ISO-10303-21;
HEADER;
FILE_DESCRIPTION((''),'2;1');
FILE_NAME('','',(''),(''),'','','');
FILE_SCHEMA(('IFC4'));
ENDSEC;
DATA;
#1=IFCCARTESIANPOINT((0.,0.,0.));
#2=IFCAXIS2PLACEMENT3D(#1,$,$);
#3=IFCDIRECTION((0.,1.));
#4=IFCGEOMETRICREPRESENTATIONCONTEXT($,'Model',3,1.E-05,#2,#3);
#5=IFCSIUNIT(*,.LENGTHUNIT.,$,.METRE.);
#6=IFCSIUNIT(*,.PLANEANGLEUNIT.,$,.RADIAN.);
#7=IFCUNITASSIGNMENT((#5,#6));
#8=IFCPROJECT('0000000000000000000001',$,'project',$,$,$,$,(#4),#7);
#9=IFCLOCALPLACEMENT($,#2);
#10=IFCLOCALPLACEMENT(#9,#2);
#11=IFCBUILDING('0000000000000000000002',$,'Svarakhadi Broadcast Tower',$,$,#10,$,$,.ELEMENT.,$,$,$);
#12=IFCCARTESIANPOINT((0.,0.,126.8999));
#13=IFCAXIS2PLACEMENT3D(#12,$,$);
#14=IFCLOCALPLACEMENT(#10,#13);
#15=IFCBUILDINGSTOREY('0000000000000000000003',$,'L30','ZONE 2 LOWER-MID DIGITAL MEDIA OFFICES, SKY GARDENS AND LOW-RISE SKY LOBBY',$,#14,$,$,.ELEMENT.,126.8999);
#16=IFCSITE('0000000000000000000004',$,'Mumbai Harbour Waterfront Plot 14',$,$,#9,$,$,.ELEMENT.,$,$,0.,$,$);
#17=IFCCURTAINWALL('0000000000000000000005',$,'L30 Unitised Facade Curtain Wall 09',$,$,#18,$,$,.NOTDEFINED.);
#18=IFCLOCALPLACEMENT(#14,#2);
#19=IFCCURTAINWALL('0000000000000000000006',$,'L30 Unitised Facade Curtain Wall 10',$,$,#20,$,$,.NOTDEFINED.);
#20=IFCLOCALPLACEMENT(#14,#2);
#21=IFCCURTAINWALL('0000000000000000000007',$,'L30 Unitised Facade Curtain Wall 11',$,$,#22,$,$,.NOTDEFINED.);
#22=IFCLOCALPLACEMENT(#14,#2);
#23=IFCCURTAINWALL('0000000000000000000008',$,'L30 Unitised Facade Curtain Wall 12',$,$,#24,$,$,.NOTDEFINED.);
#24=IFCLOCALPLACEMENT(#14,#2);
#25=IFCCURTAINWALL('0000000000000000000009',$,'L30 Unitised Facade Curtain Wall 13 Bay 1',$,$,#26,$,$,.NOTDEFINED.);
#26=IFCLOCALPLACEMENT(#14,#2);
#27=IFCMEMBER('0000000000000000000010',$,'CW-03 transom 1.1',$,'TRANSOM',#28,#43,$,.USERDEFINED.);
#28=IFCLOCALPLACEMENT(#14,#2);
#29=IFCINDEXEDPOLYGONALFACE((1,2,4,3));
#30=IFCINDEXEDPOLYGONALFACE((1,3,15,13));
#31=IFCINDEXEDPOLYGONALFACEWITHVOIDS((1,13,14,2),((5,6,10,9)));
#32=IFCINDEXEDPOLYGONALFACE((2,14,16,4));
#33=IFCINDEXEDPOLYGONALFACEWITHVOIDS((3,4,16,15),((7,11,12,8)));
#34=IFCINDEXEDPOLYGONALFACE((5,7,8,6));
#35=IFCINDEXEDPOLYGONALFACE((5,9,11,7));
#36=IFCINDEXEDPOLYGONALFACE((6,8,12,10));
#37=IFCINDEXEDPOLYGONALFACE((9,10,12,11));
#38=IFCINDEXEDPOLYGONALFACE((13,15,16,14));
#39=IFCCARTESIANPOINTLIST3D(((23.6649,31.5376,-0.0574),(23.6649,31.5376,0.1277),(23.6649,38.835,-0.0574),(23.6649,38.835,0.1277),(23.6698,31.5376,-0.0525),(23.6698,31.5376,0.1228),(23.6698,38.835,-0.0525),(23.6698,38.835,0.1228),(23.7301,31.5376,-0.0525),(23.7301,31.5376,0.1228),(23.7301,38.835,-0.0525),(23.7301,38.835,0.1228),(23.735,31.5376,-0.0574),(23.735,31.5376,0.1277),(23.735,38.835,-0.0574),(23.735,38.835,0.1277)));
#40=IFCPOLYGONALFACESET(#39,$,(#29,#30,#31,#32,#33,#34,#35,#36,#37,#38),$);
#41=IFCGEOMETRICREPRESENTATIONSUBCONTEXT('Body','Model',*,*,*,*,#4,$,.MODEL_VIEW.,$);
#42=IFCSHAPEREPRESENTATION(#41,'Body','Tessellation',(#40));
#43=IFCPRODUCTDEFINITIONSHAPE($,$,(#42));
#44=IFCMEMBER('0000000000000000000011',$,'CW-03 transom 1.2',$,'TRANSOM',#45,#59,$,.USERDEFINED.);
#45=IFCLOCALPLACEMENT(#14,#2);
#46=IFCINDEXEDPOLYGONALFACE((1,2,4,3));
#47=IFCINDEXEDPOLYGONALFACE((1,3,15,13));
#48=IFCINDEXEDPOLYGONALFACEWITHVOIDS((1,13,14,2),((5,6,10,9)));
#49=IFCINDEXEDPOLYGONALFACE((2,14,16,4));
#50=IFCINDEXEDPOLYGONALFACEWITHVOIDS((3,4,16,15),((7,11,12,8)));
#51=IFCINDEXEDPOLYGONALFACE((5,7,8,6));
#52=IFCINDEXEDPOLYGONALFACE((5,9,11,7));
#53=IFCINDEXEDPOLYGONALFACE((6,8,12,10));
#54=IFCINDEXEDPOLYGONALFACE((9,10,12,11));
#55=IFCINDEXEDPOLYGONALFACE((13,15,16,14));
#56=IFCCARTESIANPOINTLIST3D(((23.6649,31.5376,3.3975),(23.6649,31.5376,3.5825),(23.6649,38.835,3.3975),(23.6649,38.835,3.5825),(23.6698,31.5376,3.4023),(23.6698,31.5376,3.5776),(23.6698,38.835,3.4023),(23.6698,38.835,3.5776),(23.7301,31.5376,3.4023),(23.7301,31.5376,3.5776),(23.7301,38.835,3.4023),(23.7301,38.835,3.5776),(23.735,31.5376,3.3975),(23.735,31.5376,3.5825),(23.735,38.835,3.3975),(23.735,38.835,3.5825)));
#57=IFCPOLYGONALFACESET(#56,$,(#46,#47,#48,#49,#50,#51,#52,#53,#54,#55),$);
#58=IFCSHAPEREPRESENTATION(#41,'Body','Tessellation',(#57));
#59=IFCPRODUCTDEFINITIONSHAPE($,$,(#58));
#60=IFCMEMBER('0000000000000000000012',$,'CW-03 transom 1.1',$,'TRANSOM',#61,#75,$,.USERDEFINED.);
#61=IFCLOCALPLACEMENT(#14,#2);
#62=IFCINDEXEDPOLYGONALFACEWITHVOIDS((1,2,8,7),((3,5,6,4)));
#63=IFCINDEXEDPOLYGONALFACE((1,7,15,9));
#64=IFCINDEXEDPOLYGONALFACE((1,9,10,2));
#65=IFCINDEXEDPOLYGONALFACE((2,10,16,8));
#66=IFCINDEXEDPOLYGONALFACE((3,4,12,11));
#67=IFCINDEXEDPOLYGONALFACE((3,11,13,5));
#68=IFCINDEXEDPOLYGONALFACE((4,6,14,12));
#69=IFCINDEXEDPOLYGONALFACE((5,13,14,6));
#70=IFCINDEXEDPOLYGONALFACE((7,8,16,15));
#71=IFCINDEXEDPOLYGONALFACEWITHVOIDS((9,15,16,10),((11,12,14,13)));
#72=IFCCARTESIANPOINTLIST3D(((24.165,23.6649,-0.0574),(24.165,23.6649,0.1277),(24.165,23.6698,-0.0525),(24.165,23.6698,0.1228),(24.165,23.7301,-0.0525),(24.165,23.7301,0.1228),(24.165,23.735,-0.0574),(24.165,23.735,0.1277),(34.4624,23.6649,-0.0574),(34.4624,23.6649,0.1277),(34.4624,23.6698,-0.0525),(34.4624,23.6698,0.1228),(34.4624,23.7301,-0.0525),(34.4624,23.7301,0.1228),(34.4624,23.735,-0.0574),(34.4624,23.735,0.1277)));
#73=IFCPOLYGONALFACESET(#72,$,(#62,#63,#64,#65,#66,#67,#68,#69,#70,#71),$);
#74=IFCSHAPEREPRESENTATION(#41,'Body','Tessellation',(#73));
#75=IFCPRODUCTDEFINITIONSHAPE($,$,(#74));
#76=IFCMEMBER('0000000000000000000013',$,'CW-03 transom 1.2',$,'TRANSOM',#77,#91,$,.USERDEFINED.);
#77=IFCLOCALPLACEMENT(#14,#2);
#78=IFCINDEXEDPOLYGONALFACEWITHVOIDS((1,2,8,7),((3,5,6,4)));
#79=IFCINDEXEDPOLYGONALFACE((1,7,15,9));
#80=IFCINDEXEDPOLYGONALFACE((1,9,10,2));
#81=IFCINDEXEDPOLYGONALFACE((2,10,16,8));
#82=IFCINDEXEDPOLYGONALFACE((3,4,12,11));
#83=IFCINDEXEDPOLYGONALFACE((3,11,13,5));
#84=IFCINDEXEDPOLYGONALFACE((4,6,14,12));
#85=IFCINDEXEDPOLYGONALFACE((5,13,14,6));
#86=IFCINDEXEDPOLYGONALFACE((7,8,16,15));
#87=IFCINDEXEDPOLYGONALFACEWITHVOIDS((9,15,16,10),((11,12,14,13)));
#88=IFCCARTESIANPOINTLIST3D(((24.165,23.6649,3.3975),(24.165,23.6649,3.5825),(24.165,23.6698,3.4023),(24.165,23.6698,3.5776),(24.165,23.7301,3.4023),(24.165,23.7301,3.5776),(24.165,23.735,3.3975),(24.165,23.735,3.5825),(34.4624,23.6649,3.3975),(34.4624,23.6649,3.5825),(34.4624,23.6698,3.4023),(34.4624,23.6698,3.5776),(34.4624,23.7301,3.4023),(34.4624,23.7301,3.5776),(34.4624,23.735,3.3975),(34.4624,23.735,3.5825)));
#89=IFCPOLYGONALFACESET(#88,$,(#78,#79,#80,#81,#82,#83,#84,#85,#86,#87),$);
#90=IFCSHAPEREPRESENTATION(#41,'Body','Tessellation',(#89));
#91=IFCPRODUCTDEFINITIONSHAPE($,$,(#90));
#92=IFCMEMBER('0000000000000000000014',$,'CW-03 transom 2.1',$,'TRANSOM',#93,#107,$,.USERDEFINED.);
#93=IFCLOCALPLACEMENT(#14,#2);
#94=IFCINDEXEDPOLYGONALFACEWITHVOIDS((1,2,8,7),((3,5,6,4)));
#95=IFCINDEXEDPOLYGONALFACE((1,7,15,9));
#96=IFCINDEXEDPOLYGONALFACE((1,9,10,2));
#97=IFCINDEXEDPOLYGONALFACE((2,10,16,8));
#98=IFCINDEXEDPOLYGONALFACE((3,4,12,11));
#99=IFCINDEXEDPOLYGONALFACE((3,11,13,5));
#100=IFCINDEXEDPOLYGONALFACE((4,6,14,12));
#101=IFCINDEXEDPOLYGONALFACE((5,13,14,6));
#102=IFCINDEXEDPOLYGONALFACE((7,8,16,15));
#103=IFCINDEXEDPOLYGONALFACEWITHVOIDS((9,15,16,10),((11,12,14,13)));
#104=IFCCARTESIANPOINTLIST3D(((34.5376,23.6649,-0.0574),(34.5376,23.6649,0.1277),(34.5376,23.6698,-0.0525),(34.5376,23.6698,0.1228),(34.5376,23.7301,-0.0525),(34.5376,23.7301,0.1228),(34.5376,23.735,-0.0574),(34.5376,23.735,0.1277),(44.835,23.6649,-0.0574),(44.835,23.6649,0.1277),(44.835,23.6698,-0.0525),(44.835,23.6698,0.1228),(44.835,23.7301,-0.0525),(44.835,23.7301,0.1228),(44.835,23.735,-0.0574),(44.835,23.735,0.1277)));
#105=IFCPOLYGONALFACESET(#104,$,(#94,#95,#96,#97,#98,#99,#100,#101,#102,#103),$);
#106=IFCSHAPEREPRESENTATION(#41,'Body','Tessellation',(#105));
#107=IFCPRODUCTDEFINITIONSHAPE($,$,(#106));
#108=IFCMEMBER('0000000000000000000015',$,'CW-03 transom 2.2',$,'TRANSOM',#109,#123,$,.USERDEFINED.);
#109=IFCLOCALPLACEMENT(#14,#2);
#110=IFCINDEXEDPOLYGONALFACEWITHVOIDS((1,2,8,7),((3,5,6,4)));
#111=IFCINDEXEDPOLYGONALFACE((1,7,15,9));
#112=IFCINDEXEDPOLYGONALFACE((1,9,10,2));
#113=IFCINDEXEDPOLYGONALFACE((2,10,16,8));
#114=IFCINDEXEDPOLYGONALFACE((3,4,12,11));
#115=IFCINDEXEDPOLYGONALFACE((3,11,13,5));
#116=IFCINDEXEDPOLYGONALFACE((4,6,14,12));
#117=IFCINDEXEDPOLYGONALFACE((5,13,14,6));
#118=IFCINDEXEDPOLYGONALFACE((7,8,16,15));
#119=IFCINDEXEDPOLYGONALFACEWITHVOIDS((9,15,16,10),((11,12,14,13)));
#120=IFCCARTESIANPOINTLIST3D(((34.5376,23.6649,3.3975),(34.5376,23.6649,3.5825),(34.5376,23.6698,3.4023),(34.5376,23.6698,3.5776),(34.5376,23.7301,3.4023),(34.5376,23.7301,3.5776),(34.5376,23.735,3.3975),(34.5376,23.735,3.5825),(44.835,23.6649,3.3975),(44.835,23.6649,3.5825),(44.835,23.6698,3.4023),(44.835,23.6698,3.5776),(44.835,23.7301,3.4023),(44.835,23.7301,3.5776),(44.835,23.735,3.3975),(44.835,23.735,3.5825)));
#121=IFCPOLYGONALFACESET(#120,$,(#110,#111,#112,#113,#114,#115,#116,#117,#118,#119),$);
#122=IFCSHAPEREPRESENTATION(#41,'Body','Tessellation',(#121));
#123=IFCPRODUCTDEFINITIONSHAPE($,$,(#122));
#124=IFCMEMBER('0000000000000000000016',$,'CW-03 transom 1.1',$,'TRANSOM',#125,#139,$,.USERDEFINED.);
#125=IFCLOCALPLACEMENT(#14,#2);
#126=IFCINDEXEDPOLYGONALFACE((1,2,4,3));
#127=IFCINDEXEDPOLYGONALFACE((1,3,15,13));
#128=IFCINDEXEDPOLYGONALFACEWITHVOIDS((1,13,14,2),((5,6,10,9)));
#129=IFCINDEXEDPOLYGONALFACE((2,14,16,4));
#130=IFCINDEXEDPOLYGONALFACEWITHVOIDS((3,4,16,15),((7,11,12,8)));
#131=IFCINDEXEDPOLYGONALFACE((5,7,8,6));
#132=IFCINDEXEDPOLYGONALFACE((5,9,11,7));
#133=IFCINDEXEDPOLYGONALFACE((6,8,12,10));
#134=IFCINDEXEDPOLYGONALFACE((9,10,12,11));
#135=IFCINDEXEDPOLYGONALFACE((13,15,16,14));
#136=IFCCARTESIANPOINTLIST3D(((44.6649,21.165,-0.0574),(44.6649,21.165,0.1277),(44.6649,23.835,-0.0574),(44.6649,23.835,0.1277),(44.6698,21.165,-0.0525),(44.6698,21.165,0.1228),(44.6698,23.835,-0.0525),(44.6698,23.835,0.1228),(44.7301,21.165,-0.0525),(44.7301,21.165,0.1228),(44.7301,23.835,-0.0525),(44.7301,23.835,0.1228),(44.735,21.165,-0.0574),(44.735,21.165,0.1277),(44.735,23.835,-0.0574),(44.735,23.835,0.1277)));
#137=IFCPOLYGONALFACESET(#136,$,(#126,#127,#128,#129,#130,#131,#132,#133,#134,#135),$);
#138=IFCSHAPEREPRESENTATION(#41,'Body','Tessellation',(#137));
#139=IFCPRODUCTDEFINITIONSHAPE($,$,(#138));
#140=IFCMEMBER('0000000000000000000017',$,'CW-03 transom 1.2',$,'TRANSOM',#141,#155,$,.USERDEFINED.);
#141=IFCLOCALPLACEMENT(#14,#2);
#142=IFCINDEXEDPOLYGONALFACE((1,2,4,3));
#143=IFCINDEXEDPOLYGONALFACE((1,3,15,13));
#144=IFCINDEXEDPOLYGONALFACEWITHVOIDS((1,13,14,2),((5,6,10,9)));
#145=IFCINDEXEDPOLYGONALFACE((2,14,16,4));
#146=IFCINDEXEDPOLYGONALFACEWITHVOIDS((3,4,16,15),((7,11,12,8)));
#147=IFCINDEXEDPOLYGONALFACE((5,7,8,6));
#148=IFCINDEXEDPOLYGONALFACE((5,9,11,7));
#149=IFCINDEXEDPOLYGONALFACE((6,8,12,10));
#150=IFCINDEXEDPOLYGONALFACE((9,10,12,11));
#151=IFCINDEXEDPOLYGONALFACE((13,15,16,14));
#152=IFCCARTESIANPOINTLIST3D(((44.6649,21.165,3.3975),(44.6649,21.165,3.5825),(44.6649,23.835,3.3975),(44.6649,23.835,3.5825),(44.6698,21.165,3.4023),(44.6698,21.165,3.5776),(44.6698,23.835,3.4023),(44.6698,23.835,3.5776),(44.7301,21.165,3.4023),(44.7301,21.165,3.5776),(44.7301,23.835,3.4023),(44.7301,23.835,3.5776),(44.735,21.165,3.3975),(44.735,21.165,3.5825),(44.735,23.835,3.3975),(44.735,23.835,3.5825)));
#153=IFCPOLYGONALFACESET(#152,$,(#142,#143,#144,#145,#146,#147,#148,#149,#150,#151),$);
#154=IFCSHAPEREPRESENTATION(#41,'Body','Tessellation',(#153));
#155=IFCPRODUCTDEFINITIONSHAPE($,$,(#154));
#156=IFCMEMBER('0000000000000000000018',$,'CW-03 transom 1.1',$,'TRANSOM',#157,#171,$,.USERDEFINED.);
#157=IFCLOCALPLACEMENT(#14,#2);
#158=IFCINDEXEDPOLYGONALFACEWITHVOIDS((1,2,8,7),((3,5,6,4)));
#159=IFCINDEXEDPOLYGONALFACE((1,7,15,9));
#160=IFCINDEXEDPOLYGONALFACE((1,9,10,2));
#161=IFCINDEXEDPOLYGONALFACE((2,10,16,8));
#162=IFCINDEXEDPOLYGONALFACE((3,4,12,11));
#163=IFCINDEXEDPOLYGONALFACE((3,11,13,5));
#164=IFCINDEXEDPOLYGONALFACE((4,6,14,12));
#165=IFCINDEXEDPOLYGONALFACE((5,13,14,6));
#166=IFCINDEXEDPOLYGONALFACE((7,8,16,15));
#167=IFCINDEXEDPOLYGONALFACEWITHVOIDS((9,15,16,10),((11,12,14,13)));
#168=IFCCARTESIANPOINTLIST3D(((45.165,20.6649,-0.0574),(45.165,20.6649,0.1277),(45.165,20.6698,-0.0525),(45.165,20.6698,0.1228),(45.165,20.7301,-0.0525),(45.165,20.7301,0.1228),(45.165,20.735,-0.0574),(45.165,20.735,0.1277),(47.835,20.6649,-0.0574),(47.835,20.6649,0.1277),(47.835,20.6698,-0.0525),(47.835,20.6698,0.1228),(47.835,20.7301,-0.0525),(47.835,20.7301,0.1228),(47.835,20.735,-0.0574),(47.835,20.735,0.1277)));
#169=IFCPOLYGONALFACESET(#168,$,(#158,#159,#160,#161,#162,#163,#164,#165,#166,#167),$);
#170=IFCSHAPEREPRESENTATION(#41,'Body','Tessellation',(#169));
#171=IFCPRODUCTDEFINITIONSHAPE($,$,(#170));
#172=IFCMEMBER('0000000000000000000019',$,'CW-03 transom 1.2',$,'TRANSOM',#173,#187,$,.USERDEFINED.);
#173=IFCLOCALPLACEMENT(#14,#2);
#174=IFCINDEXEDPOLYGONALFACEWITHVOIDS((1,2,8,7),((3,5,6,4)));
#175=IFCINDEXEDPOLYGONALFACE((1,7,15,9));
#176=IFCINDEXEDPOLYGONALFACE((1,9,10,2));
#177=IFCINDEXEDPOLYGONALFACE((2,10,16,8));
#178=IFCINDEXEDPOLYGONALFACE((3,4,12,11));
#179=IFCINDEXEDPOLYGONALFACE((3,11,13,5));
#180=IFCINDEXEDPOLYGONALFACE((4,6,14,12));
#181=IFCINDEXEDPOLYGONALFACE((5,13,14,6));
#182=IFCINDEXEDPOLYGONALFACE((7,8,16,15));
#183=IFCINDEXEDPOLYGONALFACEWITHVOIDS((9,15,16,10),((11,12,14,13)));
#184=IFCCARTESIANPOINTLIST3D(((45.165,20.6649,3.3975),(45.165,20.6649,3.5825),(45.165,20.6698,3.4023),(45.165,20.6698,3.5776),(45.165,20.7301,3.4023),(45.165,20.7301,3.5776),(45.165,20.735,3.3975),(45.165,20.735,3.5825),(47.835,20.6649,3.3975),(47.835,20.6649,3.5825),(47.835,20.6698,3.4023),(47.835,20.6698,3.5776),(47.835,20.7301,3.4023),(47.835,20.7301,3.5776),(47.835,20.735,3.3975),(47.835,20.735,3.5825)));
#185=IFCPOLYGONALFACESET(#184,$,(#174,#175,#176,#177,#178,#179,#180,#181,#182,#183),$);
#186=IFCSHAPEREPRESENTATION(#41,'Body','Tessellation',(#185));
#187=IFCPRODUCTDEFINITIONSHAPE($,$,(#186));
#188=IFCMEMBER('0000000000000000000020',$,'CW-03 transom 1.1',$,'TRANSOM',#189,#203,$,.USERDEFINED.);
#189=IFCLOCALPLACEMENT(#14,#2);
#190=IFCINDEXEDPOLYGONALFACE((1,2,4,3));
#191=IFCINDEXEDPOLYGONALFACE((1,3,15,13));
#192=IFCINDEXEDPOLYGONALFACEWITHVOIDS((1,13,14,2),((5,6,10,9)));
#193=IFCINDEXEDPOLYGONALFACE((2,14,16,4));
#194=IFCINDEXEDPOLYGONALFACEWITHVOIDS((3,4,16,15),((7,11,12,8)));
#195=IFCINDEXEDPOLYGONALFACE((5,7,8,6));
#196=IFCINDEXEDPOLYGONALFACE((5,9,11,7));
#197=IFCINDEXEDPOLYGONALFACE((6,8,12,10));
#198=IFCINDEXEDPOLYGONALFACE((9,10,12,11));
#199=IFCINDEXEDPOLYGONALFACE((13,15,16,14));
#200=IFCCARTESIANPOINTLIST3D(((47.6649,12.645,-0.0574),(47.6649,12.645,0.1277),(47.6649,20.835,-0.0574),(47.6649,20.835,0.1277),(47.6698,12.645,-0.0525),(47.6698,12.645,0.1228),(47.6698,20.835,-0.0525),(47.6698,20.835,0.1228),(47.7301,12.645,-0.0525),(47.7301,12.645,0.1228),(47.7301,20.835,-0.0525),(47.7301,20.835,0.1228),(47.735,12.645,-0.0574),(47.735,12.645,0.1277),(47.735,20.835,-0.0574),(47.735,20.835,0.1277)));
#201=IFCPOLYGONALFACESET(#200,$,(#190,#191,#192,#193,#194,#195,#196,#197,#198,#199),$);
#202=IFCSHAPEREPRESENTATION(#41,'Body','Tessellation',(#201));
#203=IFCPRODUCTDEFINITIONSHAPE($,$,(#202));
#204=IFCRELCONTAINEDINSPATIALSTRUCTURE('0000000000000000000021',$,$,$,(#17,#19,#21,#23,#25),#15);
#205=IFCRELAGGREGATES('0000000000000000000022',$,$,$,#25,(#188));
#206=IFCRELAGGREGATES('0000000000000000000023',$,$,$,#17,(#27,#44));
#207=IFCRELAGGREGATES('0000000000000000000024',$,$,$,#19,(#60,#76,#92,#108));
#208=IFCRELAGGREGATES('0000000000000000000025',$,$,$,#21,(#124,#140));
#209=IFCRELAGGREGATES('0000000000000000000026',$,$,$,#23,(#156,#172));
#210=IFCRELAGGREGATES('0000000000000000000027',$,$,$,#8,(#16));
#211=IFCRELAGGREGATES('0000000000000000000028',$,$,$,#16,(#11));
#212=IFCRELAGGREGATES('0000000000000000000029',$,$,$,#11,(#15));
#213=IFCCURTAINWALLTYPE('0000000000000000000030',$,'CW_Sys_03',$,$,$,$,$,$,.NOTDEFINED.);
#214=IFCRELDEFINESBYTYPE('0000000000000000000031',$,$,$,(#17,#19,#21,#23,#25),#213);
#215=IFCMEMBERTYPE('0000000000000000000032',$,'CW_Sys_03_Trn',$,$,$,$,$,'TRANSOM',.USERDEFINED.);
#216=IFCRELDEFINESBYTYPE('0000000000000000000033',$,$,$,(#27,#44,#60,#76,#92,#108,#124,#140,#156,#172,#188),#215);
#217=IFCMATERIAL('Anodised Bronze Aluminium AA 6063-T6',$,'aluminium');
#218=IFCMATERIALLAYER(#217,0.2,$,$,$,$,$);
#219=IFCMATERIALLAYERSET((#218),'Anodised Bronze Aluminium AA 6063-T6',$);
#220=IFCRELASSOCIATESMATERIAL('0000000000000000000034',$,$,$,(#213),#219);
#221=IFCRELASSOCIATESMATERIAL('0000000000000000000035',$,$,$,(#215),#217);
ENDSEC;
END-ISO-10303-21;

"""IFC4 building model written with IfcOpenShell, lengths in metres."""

from ifc_helpers import new_model, si_unit, direction, frame, origin, origin_2d, place, context, subcontext, project, spatial, hollow_rectangle, extrude, material, layer, layer_set, material_profile, profile_set, type_object, element, aggregate, save


model = new_model("IFC4")

# Units and contexts
model_context = context("Model", 3, precision=1e-05, world=origin(), true_north=direction((0.0, 1.0)))
body_context = subcontext(model_context, "Body", "Model", "MODEL_VIEW")
ifc_project = project(units=[si_unit("LENGTHUNIT", "METRE"), si_unit("PLANEANGLEUNIT", "RADIAN")], contexts=[model_context])

# Site, building, storey
site_placement = place(None, origin())
site = spatial("IfcSite", under=ifc_project, at=site_placement, Name="Mumbai Harbour Waterfront Plot 14", CompositionType="ELEMENT", RefElevation=0.0)
building_placement = place(site_placement, origin())
building = spatial("IfcBuilding", under=site, at=building_placement, Name="Svarakhadi Broadcast Tower", CompositionType="ELEMENT")
storey_placement = place(building_placement, frame((0.0, 0.0, 126.8999)))
storey = spatial("IfcBuildingStorey", under=building, at=storey_placement, Name="L30", Description="ZONE 2 LOWER-MID DIGITAL MEDIA OFFICES, SKY GARDENS AND LOW-RISE SKY LOBBY", CompositionType="ELEMENT", Elevation=126.8999)

# Shared definitions
ifc_material_1 = material(Name="Anodised Bronze Aluminium AA 6063-T6", Category="aluminium")
ifc_layer_1 = layer(ifc_material_1, 0.2)
ifc_layer_set_1 = layer_set([ifc_layer_1], Name="Anodised Bronze Aluminium AA 6063-T6")
curtain_wall_type = type_object("IfcCurtainWallType", Name="CW_Sys_03", PredefinedType="NOTDEFINED", material=ifc_layer_set_1)

# Curtain walls
curtain_wall_1_placement = place(storey_placement, origin())
curtain_wall_1 = element("IfcCurtainWall", 1, at=curtain_wall_1_placement, inside=storey, type_object=curtain_wall_type, Name="L30 Unitised Facade Curtain Wall 09", PredefinedType="NOTDEFINED")
curtain_wall_2_placement = place(storey_placement, origin())
curtain_wall_2 = element("IfcCurtainWall", 2, at=curtain_wall_2_placement, inside=storey, type_object=curtain_wall_type, Name="L30 Unitised Facade Curtain Wall 10", PredefinedType="NOTDEFINED")
curtain_wall_3_placement = place(storey_placement, origin())
curtain_wall_3 = element("IfcCurtainWall", 3, at=curtain_wall_3_placement, inside=storey, type_object=curtain_wall_type, Name="L30 Unitised Facade Curtain Wall 11", PredefinedType="NOTDEFINED")
curtain_wall_4_placement = place(storey_placement, origin())
curtain_wall_4 = element("IfcCurtainWall", 4, at=curtain_wall_4_placement, inside=storey, type_object=curtain_wall_type, Name="L30 Unitised Facade Curtain Wall 12", PredefinedType="NOTDEFINED")

# Curtain wall
curtain_wall_5_placement = place(storey_placement, origin())
curtain_wall_5 = element("IfcCurtainWall", 5, at=curtain_wall_5_placement, inside=storey, type_object=curtain_wall_type, Name="L30 Unitised Facade Curtain Wall 13 Bay 1", PredefinedType="NOTDEFINED")

# Members
ifc_material_profile_1 = material_profile(ifc_material_1, hollow_rectangle(XDim=0.0701, YDim=0.1851, WallThickness=0.0049, at=origin_2d()), Name="ALU TRANSOM 185x70x5")
ifc_profile_set_1 = profile_set([ifc_material_profile_1], Name="Anodised Bronze Aluminium AA 6063-T6")
member_type_1 = type_object("IfcMemberType", Name="CW_Sys_03_Trn", ElementType="TRANSOM", PredefinedType="USERDEFINED", material=ifc_profile_set_1)
member_1_placement = place(storey_placement, frame((23.7, 38.835, 0.0352), z_axis=(0.0, -1.0, 0.0), x_axis=(1.0, 0.0, 0.0)))
member_1 = element("IfcMember", 6, at=member_1_placement, type_object=member_type_1, Name="CW-03 transom 1.1", ObjectType="TRANSOM", PredefinedType="USERDEFINED", context=body_context, shape_type="SweptSolid", body=[
    extrude(hollow_rectangle(XDim=0.0701, YDim=0.1851, WallThickness=0.0049, at=origin_2d()), origin(), (0.0, 0.0, 1.0), 7.2974),
])
member_2_placement = place(storey_placement, frame((23.7, 38.835, 3.49), z_axis=(0.0, -1.0, 0.0), x_axis=(1.0, 0.0, 0.0)))
member_2 = element("IfcMember", 7, at=member_2_placement, type_object=member_type_1, Name="CW-03 transom 1.2", ObjectType="TRANSOM", PredefinedType="USERDEFINED", context=body_context, shape_type="SweptSolid", body=[
    extrude(hollow_rectangle(XDim=0.0701, YDim=0.1851, WallThickness=0.0049, at=origin_2d()), origin(), (0.0, 0.0, 1.0), 7.2974),
])
member_3_placement = place(storey_placement, frame((24.165, 23.7, 0.0352), z_axis=(1.0, 0.0, 0.0), x_axis=(0.0, 1.0, 0.0)))
member_3 = element("IfcMember", 8, at=member_3_placement, type_object=member_type_1, Name="CW-03 transom 1.1", ObjectType="TRANSOM", PredefinedType="USERDEFINED", context=body_context, shape_type="SweptSolid", body=[
    extrude(hollow_rectangle(XDim=0.0701, YDim=0.1851, WallThickness=0.0049, at=origin_2d()), origin(), (0.0, 0.0, 1.0), 10.2974),
])
member_4_placement = place(storey_placement, frame((24.165, 23.7, 3.49), z_axis=(1.0, 0.0, 0.0), x_axis=(0.0, 1.0, 0.0)))
member_4 = element("IfcMember", 9, at=member_4_placement, type_object=member_type_1, Name="CW-03 transom 1.2", ObjectType="TRANSOM", PredefinedType="USERDEFINED", context=body_context, shape_type="SweptSolid", body=[
    extrude(hollow_rectangle(XDim=0.0701, YDim=0.1851, WallThickness=0.0049, at=origin_2d()), origin(), (0.0, 0.0, 1.0), 10.2974),
])
member_5_placement = place(storey_placement, frame((34.5376, 23.7, 0.0352), z_axis=(1.0, 0.0, 0.0), x_axis=(0.0, 1.0, 0.0)))
member_5 = element("IfcMember", 10, at=member_5_placement, type_object=member_type_1, Name="CW-03 transom 2.1", ObjectType="TRANSOM", PredefinedType="USERDEFINED", context=body_context, shape_type="SweptSolid", body=[
    extrude(hollow_rectangle(XDim=0.0701, YDim=0.1851, WallThickness=0.0049, at=origin_2d()), origin(), (0.0, 0.0, 1.0), 10.2974),
])
member_6_placement = place(storey_placement, frame((34.5376, 23.7, 3.49), z_axis=(1.0, 0.0, 0.0), x_axis=(0.0, 1.0, 0.0)))
member_6 = element("IfcMember", 11, at=member_6_placement, type_object=member_type_1, Name="CW-03 transom 2.2", ObjectType="TRANSOM", PredefinedType="USERDEFINED", context=body_context, shape_type="SweptSolid", body=[
    extrude(hollow_rectangle(XDim=0.0701, YDim=0.1851, WallThickness=0.0049, at=origin_2d()), origin(), (0.0, 0.0, 1.0), 10.2974),
])
member_7_placement = place(storey_placement, frame((44.7, 23.835, 0.0352), z_axis=(0.0, -1.0, 0.0), x_axis=(1.0, 0.0, 0.0)))
member_7 = element("IfcMember", 12, at=member_7_placement, type_object=member_type_1, Name="CW-03 transom 1.1", ObjectType="TRANSOM", PredefinedType="USERDEFINED", context=body_context, shape_type="SweptSolid", body=[
    extrude(hollow_rectangle(XDim=0.0701, YDim=0.1851, WallThickness=0.0049, at=origin_2d()), origin(), (0.0, 0.0, 1.0), 2.6699),
])
member_8_placement = place(storey_placement, frame((44.7, 23.835, 3.49), z_axis=(0.0, -1.0, 0.0), x_axis=(1.0, 0.0, 0.0)))
member_8 = element("IfcMember", 13, at=member_8_placement, type_object=member_type_1, Name="CW-03 transom 1.2", ObjectType="TRANSOM", PredefinedType="USERDEFINED", context=body_context, shape_type="SweptSolid", body=[
    extrude(hollow_rectangle(XDim=0.0701, YDim=0.1851, WallThickness=0.0049, at=origin_2d()), origin(), (0.0, 0.0, 1.0), 2.6699),
])
member_9_placement = place(storey_placement, frame((45.165, 20.7, 0.0352), z_axis=(1.0, 0.0, 0.0), x_axis=(0.0, 1.0, 0.0)))
member_9 = element("IfcMember", 14, at=member_9_placement, type_object=member_type_1, Name="CW-03 transom 1.1", ObjectType="TRANSOM", PredefinedType="USERDEFINED", context=body_context, shape_type="SweptSolid", body=[
    extrude(hollow_rectangle(XDim=0.0701, YDim=0.1851, WallThickness=0.0049, at=origin_2d()), origin(), (0.0, 0.0, 1.0), 2.6699),
])
member_10_placement = place(storey_placement, frame((45.165, 20.7, 3.49), z_axis=(1.0, 0.0, 0.0), x_axis=(0.0, 1.0, 0.0)))
member_10 = element("IfcMember", 15, at=member_10_placement, type_object=member_type_1, Name="CW-03 transom 1.2", ObjectType="TRANSOM", PredefinedType="USERDEFINED", context=body_context, shape_type="SweptSolid", body=[
    extrude(hollow_rectangle(XDim=0.0701, YDim=0.1851, WallThickness=0.0049, at=origin_2d()), origin(), (0.0, 0.0, 1.0), 2.6699),
])
member_11_placement = place(storey_placement, frame((47.7, 20.835, 0.0352), z_axis=(0.0, -1.0, 0.0), x_axis=(1.0, 0.0, 0.0)))
member_11 = element("IfcMember", 16, at=member_11_placement, type_object=member_type_1, Name="CW-03 transom 1.1", ObjectType="TRANSOM", PredefinedType="USERDEFINED", context=body_context, shape_type="SweptSolid", body=[
    extrude(hollow_rectangle(XDim=0.0701, YDim=0.1851, WallThickness=0.0049, at=origin_2d()), origin(), (0.0, 0.0, 1.0), 8.1899),
])
aggregate(curtain_wall_5, [member_11])

aggregate(curtain_wall_1, [member_1, member_2])
aggregate(curtain_wall_2, [member_3, member_4, member_5, member_6])
aggregate(curtain_wall_3, [member_7, member_8])
aggregate(curtain_wall_4, [member_9, member_10])

save(model, "model.ifc")
